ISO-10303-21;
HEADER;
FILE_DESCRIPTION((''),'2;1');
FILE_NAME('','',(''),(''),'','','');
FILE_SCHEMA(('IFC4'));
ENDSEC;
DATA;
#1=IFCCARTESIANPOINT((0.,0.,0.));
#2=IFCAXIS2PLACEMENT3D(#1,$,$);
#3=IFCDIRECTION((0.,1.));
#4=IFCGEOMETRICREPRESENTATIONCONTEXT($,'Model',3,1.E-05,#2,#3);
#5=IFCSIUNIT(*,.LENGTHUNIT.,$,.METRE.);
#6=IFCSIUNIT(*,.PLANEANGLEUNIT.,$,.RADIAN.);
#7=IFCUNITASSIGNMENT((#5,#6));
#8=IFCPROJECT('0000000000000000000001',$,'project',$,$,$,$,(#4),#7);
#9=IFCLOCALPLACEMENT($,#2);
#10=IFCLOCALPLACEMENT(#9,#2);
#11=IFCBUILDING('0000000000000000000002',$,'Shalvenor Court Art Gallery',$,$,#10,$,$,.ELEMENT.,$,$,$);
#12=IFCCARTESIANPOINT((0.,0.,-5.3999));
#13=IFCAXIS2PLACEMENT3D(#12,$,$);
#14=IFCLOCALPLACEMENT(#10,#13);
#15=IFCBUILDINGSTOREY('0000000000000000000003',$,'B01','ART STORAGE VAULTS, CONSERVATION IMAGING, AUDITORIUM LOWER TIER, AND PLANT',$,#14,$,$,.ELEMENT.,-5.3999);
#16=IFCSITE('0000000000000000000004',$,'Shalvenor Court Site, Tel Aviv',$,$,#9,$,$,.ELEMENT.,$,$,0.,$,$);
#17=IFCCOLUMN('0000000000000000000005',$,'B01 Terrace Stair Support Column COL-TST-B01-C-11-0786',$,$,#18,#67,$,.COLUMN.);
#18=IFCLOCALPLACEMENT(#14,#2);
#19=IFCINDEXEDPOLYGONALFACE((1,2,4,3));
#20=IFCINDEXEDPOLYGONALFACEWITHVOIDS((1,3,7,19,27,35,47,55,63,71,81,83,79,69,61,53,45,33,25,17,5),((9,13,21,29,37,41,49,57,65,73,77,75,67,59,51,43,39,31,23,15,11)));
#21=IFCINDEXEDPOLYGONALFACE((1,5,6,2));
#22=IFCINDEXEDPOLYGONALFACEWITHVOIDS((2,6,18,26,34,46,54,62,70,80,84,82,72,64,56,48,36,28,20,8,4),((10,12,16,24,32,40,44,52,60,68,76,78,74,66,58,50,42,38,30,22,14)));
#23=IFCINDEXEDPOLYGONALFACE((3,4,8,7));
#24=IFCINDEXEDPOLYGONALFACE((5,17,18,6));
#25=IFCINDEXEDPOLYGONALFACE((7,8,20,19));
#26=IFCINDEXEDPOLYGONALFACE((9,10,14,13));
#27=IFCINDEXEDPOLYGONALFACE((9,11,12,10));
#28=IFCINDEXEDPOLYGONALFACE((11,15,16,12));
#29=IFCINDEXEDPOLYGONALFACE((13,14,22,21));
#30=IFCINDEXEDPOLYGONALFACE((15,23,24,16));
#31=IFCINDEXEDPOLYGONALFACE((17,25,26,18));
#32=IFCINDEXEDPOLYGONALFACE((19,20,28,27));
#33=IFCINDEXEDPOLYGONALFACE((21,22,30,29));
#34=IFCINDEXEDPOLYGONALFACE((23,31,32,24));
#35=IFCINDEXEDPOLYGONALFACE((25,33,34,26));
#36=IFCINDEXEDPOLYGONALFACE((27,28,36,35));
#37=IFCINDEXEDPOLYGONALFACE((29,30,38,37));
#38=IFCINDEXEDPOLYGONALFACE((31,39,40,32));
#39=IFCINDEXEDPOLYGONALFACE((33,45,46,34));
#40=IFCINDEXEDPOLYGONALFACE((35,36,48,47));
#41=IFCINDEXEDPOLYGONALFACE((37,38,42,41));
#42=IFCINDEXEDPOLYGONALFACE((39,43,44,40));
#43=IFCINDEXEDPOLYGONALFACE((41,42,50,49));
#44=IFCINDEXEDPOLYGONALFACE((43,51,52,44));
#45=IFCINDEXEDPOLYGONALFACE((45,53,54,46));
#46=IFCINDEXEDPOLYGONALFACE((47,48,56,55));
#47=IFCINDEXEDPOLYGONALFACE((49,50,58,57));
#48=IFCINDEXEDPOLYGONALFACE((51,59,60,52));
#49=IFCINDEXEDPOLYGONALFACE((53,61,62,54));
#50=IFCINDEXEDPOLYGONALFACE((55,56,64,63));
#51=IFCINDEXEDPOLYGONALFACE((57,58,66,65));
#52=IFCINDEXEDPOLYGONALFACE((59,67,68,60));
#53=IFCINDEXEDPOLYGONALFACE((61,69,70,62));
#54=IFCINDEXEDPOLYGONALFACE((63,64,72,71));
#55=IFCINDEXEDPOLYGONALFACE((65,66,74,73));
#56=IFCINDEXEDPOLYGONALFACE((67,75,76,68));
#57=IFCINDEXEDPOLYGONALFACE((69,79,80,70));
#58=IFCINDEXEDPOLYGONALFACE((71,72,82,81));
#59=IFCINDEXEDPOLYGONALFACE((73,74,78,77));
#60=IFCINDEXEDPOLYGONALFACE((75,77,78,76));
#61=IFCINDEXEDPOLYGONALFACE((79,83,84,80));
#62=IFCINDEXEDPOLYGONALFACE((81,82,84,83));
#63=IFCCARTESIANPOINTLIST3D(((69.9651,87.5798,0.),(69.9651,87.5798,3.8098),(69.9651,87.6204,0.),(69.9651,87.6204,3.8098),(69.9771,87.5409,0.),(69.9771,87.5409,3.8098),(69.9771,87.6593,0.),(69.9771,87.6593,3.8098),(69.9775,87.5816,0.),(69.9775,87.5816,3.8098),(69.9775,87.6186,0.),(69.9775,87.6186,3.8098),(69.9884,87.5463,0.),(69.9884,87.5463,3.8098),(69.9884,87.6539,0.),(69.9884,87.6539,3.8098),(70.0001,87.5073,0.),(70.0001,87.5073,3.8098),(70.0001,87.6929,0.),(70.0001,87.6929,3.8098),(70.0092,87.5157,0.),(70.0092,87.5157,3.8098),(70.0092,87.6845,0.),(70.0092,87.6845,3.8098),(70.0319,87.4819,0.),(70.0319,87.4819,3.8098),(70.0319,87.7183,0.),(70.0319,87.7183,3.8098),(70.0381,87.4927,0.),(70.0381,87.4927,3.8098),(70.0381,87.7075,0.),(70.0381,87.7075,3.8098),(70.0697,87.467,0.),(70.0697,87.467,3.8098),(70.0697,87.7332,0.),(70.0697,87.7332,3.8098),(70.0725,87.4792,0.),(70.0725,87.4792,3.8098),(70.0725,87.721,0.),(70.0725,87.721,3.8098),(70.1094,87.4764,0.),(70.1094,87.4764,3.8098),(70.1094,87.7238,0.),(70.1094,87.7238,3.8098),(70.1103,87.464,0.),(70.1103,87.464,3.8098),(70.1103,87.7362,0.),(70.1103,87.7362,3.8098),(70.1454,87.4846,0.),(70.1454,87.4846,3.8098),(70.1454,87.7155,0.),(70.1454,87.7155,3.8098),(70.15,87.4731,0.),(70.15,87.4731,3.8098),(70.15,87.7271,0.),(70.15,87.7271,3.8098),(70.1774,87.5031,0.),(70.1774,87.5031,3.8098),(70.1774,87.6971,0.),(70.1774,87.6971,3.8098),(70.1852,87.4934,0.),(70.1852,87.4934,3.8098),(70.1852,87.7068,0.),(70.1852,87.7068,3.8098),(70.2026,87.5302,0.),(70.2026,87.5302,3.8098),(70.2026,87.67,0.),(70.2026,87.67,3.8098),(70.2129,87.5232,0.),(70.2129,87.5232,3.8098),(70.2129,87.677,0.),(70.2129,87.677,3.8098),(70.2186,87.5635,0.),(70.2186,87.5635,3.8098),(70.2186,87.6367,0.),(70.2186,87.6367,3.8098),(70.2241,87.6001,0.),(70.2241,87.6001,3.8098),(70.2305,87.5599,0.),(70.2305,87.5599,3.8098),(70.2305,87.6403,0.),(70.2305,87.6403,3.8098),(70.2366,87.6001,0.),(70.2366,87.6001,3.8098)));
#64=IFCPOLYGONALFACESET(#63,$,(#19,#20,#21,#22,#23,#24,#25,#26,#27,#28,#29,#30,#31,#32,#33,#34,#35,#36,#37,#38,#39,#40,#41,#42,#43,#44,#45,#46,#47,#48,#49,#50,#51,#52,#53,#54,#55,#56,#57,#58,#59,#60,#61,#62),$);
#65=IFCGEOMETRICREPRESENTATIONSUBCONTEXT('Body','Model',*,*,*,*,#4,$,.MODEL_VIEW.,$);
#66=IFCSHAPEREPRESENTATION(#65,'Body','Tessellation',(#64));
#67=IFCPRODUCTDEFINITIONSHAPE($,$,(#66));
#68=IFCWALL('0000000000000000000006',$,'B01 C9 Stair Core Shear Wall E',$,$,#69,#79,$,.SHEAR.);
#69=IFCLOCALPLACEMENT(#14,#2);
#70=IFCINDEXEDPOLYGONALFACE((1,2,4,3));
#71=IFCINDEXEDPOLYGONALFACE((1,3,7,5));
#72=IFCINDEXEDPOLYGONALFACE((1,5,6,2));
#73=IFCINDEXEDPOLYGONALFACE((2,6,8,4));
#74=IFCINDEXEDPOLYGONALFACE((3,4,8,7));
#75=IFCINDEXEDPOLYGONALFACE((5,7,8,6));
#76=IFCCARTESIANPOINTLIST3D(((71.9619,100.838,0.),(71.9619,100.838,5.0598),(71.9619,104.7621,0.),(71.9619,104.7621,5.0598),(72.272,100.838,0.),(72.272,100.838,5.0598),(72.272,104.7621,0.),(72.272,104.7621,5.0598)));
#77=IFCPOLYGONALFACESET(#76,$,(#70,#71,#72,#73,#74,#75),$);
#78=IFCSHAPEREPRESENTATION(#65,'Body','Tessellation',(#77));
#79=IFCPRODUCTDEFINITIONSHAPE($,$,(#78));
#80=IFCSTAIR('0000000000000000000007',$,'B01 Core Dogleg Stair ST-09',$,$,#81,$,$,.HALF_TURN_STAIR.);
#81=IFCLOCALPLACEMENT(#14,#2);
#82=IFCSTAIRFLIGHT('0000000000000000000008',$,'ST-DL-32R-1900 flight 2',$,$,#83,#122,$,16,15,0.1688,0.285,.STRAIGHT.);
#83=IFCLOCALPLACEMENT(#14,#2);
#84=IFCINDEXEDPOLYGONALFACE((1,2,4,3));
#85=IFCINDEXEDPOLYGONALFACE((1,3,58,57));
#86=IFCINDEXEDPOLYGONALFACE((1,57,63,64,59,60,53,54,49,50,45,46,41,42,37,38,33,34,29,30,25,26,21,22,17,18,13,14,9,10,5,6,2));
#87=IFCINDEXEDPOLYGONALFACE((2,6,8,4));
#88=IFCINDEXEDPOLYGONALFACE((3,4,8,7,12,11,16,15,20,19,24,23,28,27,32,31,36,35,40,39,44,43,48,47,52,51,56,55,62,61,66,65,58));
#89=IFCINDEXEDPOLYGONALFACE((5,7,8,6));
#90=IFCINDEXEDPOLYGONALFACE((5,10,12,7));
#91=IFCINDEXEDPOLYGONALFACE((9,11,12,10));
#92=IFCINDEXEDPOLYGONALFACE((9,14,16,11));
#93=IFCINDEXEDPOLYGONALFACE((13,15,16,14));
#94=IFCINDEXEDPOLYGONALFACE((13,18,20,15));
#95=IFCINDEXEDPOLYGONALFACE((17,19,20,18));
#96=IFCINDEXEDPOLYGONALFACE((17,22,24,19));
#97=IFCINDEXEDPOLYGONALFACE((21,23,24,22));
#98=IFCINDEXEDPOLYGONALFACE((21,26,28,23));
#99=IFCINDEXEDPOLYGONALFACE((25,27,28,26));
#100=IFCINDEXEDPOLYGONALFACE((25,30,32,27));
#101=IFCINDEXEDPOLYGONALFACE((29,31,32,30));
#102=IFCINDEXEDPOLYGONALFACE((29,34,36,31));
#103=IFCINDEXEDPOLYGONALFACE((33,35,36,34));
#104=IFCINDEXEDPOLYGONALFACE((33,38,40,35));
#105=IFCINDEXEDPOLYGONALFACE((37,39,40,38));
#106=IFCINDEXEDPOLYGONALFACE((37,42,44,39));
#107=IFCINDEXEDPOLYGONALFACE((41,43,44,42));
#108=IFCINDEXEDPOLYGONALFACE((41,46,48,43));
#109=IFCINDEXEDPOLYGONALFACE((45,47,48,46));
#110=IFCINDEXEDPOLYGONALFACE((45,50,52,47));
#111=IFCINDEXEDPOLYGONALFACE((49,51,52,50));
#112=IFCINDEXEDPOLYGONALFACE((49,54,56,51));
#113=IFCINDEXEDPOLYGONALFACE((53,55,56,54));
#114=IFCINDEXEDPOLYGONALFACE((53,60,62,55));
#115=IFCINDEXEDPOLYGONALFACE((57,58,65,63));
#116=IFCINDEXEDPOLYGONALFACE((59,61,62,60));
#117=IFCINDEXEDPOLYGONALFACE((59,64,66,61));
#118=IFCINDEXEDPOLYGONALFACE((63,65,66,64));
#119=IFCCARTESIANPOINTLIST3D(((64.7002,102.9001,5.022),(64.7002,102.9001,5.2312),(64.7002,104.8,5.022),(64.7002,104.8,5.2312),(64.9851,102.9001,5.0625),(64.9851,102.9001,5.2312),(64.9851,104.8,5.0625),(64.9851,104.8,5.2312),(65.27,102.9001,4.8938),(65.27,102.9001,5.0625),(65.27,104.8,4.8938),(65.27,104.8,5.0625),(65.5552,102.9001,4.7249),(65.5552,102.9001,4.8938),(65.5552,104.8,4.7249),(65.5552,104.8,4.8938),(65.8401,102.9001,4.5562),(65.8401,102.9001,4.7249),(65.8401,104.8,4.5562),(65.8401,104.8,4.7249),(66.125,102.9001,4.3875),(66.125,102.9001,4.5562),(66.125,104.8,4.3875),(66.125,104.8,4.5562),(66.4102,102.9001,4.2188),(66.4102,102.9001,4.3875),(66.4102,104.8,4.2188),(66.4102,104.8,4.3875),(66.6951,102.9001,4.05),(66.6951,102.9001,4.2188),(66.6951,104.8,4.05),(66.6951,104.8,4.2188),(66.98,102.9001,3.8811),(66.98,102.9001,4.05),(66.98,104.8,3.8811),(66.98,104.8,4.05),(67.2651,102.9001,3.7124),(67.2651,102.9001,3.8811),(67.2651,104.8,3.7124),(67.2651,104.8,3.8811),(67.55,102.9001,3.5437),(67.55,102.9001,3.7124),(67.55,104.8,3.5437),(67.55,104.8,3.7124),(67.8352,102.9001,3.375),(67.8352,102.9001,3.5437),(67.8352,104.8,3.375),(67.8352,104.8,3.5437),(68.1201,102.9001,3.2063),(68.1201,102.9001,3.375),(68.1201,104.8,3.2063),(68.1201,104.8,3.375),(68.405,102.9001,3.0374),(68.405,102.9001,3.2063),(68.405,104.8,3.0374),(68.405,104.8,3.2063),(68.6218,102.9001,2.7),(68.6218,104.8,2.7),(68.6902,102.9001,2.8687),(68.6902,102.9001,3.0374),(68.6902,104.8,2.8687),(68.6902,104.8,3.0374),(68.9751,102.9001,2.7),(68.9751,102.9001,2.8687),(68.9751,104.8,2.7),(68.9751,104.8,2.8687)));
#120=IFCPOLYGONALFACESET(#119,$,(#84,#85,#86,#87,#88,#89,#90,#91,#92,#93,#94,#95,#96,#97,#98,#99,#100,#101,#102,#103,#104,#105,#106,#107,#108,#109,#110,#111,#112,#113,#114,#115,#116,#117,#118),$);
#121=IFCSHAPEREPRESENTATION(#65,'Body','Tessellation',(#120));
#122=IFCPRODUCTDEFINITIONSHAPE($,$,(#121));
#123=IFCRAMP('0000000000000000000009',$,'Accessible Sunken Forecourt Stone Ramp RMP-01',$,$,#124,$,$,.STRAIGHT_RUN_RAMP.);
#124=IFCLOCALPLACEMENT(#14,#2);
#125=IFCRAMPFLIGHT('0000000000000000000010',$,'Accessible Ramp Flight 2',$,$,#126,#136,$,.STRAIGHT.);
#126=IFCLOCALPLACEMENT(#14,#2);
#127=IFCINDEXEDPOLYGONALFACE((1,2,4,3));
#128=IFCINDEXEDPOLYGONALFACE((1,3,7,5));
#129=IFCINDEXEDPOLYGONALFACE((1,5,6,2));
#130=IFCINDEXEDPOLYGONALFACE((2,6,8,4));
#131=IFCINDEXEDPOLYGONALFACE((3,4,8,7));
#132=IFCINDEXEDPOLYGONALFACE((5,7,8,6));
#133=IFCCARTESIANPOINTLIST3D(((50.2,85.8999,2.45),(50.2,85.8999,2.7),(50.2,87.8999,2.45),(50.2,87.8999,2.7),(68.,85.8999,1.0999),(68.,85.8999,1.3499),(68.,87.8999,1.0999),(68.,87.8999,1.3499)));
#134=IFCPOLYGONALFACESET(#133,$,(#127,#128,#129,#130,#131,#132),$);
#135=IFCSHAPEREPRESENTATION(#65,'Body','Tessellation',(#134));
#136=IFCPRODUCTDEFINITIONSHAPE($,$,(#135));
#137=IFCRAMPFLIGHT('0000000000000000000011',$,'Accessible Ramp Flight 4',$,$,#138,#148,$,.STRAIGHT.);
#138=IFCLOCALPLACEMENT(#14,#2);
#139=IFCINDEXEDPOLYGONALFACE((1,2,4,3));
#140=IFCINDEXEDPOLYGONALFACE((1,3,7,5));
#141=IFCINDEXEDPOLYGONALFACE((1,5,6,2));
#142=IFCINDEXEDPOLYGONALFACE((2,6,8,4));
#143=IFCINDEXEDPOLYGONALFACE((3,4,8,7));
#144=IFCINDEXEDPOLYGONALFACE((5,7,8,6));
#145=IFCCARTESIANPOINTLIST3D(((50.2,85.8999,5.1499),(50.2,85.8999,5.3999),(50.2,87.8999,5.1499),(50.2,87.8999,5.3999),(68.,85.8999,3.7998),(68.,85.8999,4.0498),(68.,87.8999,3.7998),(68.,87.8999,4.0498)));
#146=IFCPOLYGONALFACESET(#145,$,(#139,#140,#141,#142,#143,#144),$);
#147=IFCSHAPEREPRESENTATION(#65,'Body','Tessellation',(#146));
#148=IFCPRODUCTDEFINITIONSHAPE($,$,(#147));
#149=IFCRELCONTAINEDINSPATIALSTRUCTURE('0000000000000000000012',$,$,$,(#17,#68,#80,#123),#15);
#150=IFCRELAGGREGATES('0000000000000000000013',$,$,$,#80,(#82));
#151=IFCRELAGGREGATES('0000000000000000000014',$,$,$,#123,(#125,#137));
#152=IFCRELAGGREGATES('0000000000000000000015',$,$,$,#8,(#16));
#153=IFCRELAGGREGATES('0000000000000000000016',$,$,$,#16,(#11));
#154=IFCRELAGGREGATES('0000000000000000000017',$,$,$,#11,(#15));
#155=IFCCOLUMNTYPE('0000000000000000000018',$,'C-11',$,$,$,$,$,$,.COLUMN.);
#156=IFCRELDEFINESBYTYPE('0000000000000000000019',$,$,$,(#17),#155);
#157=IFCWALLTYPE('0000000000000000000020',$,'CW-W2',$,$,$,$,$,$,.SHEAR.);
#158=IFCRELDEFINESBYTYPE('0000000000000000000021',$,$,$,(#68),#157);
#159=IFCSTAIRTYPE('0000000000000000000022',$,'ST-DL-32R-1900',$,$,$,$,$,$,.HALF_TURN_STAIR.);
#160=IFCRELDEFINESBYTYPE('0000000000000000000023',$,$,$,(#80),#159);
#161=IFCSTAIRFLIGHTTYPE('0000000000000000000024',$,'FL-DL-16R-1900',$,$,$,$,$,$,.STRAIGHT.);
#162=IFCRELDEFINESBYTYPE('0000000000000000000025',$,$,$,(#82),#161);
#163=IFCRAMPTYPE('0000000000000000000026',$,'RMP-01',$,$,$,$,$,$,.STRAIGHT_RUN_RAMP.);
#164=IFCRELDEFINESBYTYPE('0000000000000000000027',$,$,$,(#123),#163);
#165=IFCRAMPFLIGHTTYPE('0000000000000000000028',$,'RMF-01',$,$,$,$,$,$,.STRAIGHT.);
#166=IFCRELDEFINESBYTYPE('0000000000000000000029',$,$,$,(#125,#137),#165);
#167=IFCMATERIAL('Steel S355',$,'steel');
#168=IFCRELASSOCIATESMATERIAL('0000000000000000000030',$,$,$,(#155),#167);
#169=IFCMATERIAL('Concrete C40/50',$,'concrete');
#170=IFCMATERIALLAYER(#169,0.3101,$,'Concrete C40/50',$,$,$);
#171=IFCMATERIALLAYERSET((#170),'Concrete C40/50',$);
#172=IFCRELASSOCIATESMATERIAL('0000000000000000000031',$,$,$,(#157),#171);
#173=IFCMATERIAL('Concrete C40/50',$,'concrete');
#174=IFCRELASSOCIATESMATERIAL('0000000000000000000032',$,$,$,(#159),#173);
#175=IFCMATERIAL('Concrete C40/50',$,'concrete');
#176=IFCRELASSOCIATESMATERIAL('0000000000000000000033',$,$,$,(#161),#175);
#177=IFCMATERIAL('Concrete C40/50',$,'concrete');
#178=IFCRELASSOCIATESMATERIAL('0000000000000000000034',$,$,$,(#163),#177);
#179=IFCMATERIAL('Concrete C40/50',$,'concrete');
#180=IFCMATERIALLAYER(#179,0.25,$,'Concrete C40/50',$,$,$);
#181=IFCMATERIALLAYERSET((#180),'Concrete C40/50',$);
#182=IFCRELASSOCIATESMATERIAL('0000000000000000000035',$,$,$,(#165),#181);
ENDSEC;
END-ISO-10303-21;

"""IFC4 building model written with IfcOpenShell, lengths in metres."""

from ifc_helpers import new_model, si_unit, direction, frame, frame_2d, origin, origin_2d, place, context, subcontext, project, spatial, polyline, rectangle, hollow_circle, outline, extrude, material, layer, layer_set, material_profile, profile_set, type_object, element, aggregate, save


model = new_model("IFC4")

# Units and contexts
model_context = context("Model", 3, precision=1e-05, world=origin(), true_north=direction((0.0, 1.0)))
body_context = subcontext(model_context, "Body", "Model", "MODEL_VIEW")
ifc_project = project(units=[si_unit("LENGTHUNIT", "METRE"), si_unit("PLANEANGLEUNIT", "RADIAN")], contexts=[model_context])

# Site, building, storey
site_placement = place(None, origin())
site = spatial("IfcSite", under=ifc_project, at=site_placement, Name="Shalvenor Court Site, Tel Aviv", CompositionType="ELEMENT", RefElevation=0.0)
building_placement = place(site_placement, origin())
building = spatial("IfcBuilding", under=site, at=building_placement, Name="Shalvenor Court Art Gallery", CompositionType="ELEMENT")
storey_placement = place(building_placement, frame((0.0, 0.0, -5.3999)))
storey = spatial("IfcBuildingStorey", under=building, at=storey_placement, Name="B01", Description="ART STORAGE VAULTS, CONSERVATION IMAGING, AUDITORIUM LOWER TIER, AND PLANT", CompositionType="ELEMENT", Elevation=-5.3999)

# Column
ifc_material_1 = material(Name="Steel S355", Category="steel")
ifc_material_profile_1 = material_profile(ifc_material_1, hollow_circle(Radius=0.1365, WallThickness=0.0125, at=origin_2d()), Name="CHS 273.0x12.5")
ifc_profile_set_1 = profile_set([ifc_material_profile_1], Name="Steel S355")
column_type = type_object("IfcColumnType", Name="C-11", PredefinedType="COLUMN", material=ifc_profile_set_1)
for number, where, z_axis, x_axis, name in (
    (1, (70.1001, 87.6001, 0.0), (0.0, 0.0, 1.0), (1.0, 0.0, 0.0), "B01 Terrace Stair Support Column COL-TST-B01-C-11-0786"),
):
    element("IfcColumn", number, at=place(storey_placement, frame(where, z_axis=z_axis, x_axis=x_axis)), inside=storey, type_object=column_type, Name=name, PredefinedType="COLUMN", context=body_context, shape_type="SweptSolid", body=[
        extrude(hollow_circle(Radius=0.1365, WallThickness=0.0125, at=origin_2d()), origin(), (0.0, 0.0, 1.0), 3.8098),
    ])

# Wall
ifc_material_2 = material(Name="Concrete C40/50", Category="concrete")
ifc_layer_1 = layer(ifc_material_2, 0.3101, Name="Concrete C40/50")
ifc_layer_set_1 = layer_set([ifc_layer_1], Name="Concrete C40/50")
wall_type = type_object("IfcWallType", Name="CW-W2", PredefinedType="SHEAR", material=ifc_layer_set_1)
wall_placement = place(storey_placement, frame((72.1169, 104.762, 0.0), z_axis=(0.0, 0.0, 1.0), x_axis=(0.0, -1.0, 0.0)))
element("IfcWall", 2, at=wall_placement, inside=storey, type_object=wall_type, Name="B01 C9 Stair Core Shear Wall E", PredefinedType="SHEAR", context=body_context, shape_type="SweptSolid", body=[
    extrude(rectangle(XDim=3.9241, YDim=0.3101, at=frame_2d((1.9619, 0.0))), origin(), (0.0, 0.0, 1.0), 5.0598),
])

# Stair, stair flight
ifc_material_3 = material(Name="Concrete C40/50", Category="concrete")
stair_type = type_object("IfcStairType", Name="ST-DL-32R-1900", PredefinedType="HALF_TURN_STAIR", material=ifc_material_3)
stair_placement = place(storey_placement, origin())
stair = element("IfcStair", 3, at=stair_placement, inside=storey, type_object=stair_type, Name="B01 Core Dogleg Stair ST-09", PredefinedType="HALF_TURN_STAIR")
ifc_material_4 = material(Name="Concrete C40/50", Category="concrete")
stair_flight_type = type_object("IfcStairFlightType", Name="FL-DL-16R-1900", PredefinedType="STRAIGHT", material=ifc_material_4)
stair_flight_placement = place(storey_placement, frame((68.9751, 103.8501, 2.7), z_axis=(0.0, 0.0, 1.0), x_axis=(-1.0, 0.0, 0.0)))
stair_flight = element("IfcStairFlight", 4, at=stair_flight_placement, type_object=stair_flight_type, Name="ST-DL-32R-1900 flight 2", NumberOfRisers=16, NumberOfTreads=15, PredefinedType="STRAIGHT", RiserHeight=0.1688, TreadLength=0.285, context=body_context, shape_type="SweptSolid", body=[
    extrude(outline(polyline([(0.0, 0.0), (0.0, 0.1687), (0.2849, 0.1687), (0.2849, 0.3374), (0.5701, 0.3374), (0.5701, 0.5063), (0.855, 0.5063), (0.855, 0.675), (1.1399, 0.675), (1.1399, 0.8438), (1.425, 0.8438), (1.425, 1.0125), (1.71, 1.0125), (1.71, 1.1812), (1.9951, 1.1812), (1.9951, 1.3501), (2.28, 1.3501), (2.28, 1.5188), (2.5649, 1.5188), (2.5649, 1.6875), (2.8501, 1.6875), (2.8501, 1.8562), (3.135, 1.8562), (3.135, 2.0249), (3.4199, 2.0249), (3.4199, 2.1938), (3.7051, 2.1938), (3.7051, 2.3625), (3.99, 2.3625), (3.99, 2.5312), (4.2749, 2.5312), (4.2749, 2.7), (4.2749, 2.322), (0.3533, 0.0), (0.0, 0.0)])), frame((0.0, 0.95, 0.0), z_axis=(0.0, -1.0, 0.0), x_axis=(1.0, 0.0, 0.0)), (0.0, 0.0, 1.0), 1.8999),
])
aggregate(stair, [stair_flight])

# Ramp, ramp flights
ifc_material_5 = material(Name="Concrete C40/50", Category="concrete")
ramp_type = type_object("IfcRampType", Name="RMP-01", PredefinedType="STRAIGHT_RUN_RAMP", material=ifc_material_5)
ramp_placement = place(storey_placement, origin())
ramp = element("IfcRamp", 5, at=ramp_placement, inside=storey, type_object=ramp_type, Name="Accessible Sunken Forecourt Stone Ramp RMP-01", PredefinedType="STRAIGHT_RUN_RAMP")
ifc_material_6 = material(Name="Concrete C40/50", Category="concrete")
ifc_layer_2 = layer(ifc_material_6, 0.25, Name="Concrete C40/50")
ifc_layer_set_2 = layer_set([ifc_layer_2], Name="Concrete C40/50")
ramp_flight_type = type_object("IfcRampFlightType", Name="RMF-01", PredefinedType="STRAIGHT", material=ifc_layer_set_2)
ramp_flight_1_placement = place(storey_placement, frame((68.0, 86.8999, 1.3499), z_axis=(0.0, 0.0, 1.0), x_axis=(-1.0, 0.0, 0.0)))
ramp_flight_1 = element("IfcRampFlight", 6, at=ramp_flight_1_placement, type_object=ramp_flight_type, Name="Accessible Ramp Flight 2", PredefinedType="STRAIGHT", context=body_context, shape_type="SweptSolid", body=[
    extrude(outline(polyline([(0.0, 0.0), (0.0, -0.25), (17.8, 1.1001), (17.8, 1.3501), (0.0, 0.0)])), frame((0.0, 1.0, 0.0), z_axis=(0.0, -1.0, 0.0), x_axis=(1.0, 0.0, 0.0)), (0.0, 0.0, 1.0), 2.0),
])
ramp_flight_2_placement = place(storey_placement, frame((68.0, 86.8999, 4.0498), z_axis=(0.0, 0.0, 1.0), x_axis=(-1.0, 0.0, 0.0)))
ramp_flight_2 = element("IfcRampFlight", 7, at=ramp_flight_2_placement, type_object=ramp_flight_type, Name="Accessible Ramp Flight 4", PredefinedType="STRAIGHT", context=body_context, shape_type="SweptSolid", body=[
    extrude(outline(polyline([(0.0, 0.0), (0.0, -0.25), (17.8, 1.1001), (17.8, 1.3501), (0.0, 0.0)])), frame((0.0, 1.0, 0.0), z_axis=(0.0, -1.0, 0.0), x_axis=(1.0, 0.0, 0.0)), (0.0, 0.0, 1.0), 2.0),
])
aggregate(ramp, [ramp_flight_1, ramp_flight_2])

save(model, "model.ifc")
